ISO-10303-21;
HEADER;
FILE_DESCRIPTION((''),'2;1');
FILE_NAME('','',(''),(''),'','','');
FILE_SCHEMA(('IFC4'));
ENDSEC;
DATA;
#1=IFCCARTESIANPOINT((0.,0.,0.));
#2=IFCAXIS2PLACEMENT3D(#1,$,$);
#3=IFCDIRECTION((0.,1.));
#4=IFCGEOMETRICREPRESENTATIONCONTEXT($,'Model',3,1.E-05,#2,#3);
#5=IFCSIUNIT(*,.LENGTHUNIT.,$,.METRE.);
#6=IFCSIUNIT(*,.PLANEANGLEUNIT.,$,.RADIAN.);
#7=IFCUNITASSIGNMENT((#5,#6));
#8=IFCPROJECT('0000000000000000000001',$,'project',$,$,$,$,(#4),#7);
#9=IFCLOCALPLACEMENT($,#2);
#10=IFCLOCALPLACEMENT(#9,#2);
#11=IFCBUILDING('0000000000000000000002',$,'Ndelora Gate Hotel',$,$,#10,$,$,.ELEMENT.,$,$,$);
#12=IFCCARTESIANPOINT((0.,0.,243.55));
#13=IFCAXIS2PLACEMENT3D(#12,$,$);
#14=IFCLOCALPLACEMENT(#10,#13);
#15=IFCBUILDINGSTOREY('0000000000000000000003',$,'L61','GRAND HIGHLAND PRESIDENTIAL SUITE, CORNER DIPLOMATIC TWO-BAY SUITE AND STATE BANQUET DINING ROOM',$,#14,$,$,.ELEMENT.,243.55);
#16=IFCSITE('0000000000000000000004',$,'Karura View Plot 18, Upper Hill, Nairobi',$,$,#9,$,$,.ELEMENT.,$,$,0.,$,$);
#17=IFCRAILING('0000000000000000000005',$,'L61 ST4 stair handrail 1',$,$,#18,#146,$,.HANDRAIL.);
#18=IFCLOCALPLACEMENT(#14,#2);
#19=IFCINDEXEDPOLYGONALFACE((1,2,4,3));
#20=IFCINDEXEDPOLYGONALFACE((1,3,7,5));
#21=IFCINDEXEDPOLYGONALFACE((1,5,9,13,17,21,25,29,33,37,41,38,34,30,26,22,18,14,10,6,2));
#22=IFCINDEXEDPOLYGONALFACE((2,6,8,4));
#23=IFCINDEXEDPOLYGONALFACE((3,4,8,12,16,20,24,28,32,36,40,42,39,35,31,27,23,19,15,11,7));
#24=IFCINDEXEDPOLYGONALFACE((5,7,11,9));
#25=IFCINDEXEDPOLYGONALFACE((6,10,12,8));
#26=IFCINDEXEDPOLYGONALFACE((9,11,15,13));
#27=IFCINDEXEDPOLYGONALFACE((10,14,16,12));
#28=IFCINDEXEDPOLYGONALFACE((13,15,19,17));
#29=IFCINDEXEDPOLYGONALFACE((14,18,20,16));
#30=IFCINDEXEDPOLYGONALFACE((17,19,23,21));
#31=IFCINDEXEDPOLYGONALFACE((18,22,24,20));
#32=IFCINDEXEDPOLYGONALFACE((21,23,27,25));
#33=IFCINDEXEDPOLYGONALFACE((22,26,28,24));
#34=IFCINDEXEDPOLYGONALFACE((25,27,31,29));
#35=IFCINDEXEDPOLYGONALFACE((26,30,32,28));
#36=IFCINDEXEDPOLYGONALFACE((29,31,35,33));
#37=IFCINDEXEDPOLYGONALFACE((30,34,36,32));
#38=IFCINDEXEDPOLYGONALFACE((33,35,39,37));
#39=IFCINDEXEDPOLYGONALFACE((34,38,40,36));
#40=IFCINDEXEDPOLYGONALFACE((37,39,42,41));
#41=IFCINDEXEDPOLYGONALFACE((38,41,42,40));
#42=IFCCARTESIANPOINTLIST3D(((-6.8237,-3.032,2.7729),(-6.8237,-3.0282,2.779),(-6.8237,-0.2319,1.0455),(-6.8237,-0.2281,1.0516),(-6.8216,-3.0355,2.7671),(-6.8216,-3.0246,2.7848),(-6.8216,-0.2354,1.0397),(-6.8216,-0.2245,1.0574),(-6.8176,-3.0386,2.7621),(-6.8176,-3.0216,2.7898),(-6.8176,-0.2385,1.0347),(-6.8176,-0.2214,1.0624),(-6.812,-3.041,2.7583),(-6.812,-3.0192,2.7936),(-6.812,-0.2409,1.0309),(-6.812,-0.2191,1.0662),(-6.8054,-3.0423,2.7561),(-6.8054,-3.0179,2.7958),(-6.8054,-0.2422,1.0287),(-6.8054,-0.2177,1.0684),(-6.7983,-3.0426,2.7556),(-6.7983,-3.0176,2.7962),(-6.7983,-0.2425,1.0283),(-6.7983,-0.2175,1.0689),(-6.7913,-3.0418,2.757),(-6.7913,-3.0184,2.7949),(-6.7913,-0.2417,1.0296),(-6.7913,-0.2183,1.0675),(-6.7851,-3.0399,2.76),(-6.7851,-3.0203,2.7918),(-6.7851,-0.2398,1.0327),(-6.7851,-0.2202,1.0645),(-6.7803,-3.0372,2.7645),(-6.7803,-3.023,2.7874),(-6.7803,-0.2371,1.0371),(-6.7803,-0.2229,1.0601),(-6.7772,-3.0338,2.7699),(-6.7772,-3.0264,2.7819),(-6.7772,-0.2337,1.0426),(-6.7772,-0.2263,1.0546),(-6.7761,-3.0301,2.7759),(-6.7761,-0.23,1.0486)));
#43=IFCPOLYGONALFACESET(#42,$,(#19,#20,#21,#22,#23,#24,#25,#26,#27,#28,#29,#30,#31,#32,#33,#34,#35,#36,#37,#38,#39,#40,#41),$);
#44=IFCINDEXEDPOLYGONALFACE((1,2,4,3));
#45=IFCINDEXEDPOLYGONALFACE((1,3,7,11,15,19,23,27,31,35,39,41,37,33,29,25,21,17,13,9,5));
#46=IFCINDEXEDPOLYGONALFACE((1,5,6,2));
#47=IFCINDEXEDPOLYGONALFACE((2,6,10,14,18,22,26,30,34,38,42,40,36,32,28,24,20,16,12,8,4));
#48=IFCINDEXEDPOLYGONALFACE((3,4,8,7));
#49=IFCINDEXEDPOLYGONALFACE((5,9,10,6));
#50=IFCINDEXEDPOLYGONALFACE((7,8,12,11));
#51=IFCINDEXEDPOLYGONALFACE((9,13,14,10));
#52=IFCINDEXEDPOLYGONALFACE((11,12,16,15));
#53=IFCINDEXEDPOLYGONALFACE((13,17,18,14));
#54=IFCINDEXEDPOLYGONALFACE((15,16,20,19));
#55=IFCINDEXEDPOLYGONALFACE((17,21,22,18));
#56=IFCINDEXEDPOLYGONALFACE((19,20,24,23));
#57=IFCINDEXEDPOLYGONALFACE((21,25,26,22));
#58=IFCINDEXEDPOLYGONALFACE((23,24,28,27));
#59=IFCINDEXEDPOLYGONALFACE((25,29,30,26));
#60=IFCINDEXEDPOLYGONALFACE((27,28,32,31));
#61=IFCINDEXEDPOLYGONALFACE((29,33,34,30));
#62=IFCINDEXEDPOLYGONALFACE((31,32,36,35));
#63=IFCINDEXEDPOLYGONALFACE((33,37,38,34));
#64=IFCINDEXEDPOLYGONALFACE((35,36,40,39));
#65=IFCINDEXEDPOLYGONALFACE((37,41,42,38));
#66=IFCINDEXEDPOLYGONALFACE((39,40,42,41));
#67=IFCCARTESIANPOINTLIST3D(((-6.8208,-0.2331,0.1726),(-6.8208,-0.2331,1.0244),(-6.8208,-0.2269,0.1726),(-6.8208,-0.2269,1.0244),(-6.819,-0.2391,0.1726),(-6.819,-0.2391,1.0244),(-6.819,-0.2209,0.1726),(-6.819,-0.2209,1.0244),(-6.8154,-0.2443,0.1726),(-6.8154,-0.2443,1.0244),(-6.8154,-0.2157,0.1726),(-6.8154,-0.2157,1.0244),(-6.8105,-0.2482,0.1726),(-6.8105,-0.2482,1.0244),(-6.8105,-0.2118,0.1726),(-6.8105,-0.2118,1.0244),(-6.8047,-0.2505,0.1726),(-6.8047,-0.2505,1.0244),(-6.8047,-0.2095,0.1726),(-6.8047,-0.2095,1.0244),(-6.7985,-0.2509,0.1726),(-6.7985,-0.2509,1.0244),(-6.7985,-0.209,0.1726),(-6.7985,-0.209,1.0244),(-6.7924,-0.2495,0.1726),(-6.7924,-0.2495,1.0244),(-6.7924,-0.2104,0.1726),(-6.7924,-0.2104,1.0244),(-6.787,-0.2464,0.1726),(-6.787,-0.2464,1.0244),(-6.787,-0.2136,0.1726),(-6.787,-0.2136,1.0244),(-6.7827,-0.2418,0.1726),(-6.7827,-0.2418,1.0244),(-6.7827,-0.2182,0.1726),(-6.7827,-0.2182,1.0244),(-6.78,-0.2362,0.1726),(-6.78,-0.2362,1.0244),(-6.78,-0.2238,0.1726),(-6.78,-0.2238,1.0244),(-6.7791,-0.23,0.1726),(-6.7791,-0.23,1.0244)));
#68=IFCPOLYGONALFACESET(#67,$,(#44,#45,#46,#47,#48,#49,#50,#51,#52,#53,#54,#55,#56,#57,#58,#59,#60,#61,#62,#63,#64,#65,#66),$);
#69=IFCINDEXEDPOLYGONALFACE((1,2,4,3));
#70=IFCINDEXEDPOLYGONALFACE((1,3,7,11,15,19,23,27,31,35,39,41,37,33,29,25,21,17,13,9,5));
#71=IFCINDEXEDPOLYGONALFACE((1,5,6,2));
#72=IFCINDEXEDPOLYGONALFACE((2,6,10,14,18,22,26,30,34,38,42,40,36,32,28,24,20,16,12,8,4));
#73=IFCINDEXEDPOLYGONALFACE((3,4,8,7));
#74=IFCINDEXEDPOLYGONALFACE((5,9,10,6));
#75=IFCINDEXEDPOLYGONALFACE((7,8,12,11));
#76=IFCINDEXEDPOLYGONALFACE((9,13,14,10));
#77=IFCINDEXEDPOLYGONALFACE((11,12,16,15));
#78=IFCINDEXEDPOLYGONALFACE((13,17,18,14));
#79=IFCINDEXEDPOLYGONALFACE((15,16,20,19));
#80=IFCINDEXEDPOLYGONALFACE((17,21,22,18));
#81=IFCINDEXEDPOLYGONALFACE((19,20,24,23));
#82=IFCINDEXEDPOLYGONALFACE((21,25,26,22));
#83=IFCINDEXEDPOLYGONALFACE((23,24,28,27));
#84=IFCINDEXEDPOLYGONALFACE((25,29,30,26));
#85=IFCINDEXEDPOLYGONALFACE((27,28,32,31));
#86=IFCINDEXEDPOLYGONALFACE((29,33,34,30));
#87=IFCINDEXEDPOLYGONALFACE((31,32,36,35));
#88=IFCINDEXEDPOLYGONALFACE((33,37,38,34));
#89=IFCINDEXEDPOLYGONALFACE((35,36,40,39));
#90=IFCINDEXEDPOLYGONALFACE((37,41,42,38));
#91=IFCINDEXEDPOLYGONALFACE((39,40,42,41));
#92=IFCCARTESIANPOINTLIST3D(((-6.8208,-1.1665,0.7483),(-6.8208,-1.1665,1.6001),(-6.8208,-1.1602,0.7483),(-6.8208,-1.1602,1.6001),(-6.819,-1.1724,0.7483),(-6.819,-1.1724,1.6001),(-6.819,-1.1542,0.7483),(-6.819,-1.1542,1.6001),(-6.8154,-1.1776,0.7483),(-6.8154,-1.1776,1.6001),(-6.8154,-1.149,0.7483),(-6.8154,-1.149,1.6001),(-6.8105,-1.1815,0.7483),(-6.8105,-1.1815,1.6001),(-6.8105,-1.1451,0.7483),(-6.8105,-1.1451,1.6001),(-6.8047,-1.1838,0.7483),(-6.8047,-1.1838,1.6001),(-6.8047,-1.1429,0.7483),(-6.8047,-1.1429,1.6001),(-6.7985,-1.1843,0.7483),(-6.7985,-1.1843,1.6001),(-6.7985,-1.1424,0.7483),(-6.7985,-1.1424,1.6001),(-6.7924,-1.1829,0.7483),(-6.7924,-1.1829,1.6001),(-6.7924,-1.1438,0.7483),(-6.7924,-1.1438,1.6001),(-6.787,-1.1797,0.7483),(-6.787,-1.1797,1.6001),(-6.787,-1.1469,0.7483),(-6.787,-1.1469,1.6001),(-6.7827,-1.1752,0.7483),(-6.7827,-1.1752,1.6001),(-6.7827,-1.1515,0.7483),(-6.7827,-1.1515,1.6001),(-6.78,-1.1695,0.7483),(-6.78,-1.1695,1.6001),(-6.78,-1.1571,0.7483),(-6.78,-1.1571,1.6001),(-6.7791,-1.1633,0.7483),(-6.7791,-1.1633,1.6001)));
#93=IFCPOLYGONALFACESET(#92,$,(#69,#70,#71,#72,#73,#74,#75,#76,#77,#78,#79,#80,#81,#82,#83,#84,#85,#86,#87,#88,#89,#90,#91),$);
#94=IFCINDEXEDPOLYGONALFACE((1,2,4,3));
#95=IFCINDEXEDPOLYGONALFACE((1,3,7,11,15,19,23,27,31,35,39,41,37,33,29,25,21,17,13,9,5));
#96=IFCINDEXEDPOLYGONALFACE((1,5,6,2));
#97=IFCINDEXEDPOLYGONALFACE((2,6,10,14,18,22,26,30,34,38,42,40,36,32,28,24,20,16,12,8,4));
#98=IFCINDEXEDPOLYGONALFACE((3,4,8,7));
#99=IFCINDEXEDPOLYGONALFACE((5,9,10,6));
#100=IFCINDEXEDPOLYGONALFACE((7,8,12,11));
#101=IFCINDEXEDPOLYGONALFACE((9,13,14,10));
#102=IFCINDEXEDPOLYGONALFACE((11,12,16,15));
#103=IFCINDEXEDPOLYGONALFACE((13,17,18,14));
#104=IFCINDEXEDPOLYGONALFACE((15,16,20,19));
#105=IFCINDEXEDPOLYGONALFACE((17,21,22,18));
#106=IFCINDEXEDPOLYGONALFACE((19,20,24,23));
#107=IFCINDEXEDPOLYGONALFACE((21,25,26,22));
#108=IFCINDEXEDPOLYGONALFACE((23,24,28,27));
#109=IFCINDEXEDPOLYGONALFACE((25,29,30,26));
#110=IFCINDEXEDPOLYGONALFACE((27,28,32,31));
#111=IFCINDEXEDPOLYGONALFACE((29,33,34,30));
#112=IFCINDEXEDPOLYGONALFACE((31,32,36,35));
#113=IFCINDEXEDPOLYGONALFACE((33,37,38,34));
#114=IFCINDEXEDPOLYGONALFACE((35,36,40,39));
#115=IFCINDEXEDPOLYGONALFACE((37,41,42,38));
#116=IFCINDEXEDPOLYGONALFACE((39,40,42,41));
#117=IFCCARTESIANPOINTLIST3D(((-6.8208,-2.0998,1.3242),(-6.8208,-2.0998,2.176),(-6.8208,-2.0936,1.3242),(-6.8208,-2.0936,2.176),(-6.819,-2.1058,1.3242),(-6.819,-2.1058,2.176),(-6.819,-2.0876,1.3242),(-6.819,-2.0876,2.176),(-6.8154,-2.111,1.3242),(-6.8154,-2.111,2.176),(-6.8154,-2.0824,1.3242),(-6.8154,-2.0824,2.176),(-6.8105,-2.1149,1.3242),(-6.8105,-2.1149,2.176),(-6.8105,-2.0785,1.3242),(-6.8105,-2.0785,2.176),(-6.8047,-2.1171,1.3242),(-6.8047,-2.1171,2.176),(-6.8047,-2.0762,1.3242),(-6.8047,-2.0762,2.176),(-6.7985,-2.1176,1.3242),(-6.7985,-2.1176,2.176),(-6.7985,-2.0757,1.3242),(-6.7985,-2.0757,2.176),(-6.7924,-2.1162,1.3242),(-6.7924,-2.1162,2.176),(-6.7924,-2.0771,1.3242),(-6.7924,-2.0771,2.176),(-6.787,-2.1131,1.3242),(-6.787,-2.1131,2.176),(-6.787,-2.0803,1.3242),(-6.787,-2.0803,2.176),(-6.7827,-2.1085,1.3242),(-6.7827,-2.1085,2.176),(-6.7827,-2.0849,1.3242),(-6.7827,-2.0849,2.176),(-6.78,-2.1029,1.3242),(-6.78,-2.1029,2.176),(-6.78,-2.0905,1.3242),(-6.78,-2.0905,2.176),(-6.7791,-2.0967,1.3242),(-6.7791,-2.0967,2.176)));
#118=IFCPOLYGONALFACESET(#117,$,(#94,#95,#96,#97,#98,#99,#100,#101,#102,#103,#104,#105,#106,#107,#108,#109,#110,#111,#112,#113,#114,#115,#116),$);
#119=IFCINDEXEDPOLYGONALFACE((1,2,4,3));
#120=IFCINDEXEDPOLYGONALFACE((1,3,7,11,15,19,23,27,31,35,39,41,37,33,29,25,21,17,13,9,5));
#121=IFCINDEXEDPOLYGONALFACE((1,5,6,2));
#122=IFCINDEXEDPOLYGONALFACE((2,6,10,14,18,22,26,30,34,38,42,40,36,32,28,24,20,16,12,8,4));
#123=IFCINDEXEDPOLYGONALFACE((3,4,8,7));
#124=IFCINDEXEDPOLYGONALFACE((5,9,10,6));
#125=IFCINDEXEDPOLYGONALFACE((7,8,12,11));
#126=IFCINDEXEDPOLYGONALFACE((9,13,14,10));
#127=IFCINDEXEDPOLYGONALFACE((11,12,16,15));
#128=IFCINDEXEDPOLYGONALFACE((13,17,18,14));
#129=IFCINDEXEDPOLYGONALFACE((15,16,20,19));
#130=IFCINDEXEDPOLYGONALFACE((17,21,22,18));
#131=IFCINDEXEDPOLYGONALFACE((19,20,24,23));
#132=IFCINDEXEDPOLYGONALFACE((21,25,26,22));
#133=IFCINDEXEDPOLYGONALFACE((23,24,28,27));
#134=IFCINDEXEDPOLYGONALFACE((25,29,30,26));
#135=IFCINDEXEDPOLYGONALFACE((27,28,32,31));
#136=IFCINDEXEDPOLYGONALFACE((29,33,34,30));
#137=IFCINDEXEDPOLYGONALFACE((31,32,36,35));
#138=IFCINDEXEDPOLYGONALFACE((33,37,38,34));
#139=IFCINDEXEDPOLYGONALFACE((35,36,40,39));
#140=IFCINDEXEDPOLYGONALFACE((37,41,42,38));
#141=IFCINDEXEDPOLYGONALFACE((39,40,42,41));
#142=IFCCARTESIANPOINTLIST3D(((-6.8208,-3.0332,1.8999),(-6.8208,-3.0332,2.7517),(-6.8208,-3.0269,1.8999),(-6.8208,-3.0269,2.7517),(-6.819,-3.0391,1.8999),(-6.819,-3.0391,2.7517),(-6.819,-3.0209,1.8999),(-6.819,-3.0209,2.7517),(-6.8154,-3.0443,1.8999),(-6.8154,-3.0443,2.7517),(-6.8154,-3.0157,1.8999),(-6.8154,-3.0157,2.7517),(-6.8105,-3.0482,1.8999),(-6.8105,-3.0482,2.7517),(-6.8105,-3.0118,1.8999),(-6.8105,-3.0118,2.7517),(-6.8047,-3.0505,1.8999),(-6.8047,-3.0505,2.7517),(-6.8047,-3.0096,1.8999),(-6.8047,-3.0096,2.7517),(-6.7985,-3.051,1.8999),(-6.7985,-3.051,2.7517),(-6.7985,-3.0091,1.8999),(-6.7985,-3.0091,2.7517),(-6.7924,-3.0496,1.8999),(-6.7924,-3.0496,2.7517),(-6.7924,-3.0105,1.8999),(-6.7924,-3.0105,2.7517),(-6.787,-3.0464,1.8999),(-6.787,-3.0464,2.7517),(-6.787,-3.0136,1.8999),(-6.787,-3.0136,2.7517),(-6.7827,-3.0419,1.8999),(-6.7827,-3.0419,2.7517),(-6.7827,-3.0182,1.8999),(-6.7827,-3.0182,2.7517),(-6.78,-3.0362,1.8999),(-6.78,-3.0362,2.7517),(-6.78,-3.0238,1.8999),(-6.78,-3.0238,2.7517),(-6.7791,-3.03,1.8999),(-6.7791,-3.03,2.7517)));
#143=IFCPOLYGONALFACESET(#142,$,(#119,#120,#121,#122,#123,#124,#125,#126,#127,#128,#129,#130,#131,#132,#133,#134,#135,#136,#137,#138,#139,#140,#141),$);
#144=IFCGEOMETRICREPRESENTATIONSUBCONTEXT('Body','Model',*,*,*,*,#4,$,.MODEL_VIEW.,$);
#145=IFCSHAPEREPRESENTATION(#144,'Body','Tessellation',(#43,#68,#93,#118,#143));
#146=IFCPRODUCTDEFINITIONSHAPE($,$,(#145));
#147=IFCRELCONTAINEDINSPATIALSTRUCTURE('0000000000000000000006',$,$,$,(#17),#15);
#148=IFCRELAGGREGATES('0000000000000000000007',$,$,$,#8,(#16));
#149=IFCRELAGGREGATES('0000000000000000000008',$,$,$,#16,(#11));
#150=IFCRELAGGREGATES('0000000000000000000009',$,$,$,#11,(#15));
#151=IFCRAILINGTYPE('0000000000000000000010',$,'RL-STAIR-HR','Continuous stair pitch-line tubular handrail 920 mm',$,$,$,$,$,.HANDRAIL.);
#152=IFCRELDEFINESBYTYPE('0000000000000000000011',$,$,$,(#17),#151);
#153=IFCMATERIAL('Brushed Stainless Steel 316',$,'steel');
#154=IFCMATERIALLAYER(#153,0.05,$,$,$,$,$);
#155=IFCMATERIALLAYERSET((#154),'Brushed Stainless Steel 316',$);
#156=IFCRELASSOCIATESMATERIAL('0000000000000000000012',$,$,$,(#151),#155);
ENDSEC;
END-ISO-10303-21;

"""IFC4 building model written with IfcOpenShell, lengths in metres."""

from ifc_helpers import new_model, si_unit, direction, frame, origin, origin_2d, place, context, subcontext, project, spatial, circle, extrude, material, layer, layer_set, type_object, element, save


model = new_model("IFC4")

# Units and contexts
model_context = context("Model", 3, precision=1e-05, world=origin(), true_north=direction((0.0, 1.0)))
body_context = subcontext(model_context, "Body", "Model", "MODEL_VIEW")
ifc_project = project(units=[si_unit("LENGTHUNIT", "METRE"), si_unit("PLANEANGLEUNIT", "RADIAN")], contexts=[model_context])

# Site, building, storey
site_placement = place(None, origin())
site = spatial("IfcSite", under=ifc_project, at=site_placement, Name="Karura View Plot 18, Upper Hill, Nairobi", CompositionType="ELEMENT", RefElevation=0.0)
building_placement = place(site_placement, origin())
building = spatial("IfcBuilding", under=site, at=building_placement, Name="Ndelora Gate Hotel", CompositionType="ELEMENT")
storey_placement = place(building_placement, frame((0.0, 0.0, 243.55)))
storey = spatial("IfcBuildingStorey", under=building, at=storey_placement, Name="L61", Description="GRAND HIGHLAND PRESIDENTIAL SUITE, CORNER DIPLOMATIC TWO-BAY SUITE AND STATE BANQUET DINING ROOM", CompositionType="ELEMENT", Elevation=243.55)

# Railing
ifc_material_1 = material(Name="Brushed Stainless Steel 316", Category="steel")
ifc_layer_1 = layer(ifc_material_1, 0.05)
ifc_layer_set_1 = layer_set([ifc_layer_1], Name="Brushed Stainless Steel 316")
railing_type_1 = type_object("IfcRailingType", Name="RL-STAIR-HR", Description="Continuous stair pitch-line tubular handrail 920 mm", PredefinedType="HANDRAIL", material=ifc_layer_set_1)
railing_1_placement = place(storey_placement, frame((-6.8, -0.23, 0.1726)))
element("IfcRailing", 1, at=railing_1_placement, inside=storey, type_object=railing_type_1, Name="L61 ST4 stair handrail 1", PredefinedType="HANDRAIL", context=body_context, shape_type="SweptSolid", body=[
    extrude(circle(Radius=0.0239, at=origin_2d()), frame((0.0, 0.0, 0.876), z_axis=(0.0, -0.85109, 0.52502), x_axis=(1.0, 0.0, 0.0)), (0.0, 0.0, 1.0), 3.29),
    extrude(circle(Radius=0.021, at=origin_2d()), origin(), (0.0, 0.0, 1.0), 0.8518),
    extrude(circle(Radius=0.021, at=origin_2d()), frame((0.0, -0.9333, 0.5757)), (0.0, 0.0, 1.0), 0.8518),
    extrude(circle(Radius=0.021, at=origin_2d()), frame((0.0, -1.8667, 1.1516)), (0.0, 0.0, 1.0), 0.8518),
    extrude(circle(Radius=0.021, at=origin_2d()), frame((0.0, -2.8, 1.7273)), (0.0, 0.0, 1.0), 0.8518),
])

save(model, "model.ifc")
